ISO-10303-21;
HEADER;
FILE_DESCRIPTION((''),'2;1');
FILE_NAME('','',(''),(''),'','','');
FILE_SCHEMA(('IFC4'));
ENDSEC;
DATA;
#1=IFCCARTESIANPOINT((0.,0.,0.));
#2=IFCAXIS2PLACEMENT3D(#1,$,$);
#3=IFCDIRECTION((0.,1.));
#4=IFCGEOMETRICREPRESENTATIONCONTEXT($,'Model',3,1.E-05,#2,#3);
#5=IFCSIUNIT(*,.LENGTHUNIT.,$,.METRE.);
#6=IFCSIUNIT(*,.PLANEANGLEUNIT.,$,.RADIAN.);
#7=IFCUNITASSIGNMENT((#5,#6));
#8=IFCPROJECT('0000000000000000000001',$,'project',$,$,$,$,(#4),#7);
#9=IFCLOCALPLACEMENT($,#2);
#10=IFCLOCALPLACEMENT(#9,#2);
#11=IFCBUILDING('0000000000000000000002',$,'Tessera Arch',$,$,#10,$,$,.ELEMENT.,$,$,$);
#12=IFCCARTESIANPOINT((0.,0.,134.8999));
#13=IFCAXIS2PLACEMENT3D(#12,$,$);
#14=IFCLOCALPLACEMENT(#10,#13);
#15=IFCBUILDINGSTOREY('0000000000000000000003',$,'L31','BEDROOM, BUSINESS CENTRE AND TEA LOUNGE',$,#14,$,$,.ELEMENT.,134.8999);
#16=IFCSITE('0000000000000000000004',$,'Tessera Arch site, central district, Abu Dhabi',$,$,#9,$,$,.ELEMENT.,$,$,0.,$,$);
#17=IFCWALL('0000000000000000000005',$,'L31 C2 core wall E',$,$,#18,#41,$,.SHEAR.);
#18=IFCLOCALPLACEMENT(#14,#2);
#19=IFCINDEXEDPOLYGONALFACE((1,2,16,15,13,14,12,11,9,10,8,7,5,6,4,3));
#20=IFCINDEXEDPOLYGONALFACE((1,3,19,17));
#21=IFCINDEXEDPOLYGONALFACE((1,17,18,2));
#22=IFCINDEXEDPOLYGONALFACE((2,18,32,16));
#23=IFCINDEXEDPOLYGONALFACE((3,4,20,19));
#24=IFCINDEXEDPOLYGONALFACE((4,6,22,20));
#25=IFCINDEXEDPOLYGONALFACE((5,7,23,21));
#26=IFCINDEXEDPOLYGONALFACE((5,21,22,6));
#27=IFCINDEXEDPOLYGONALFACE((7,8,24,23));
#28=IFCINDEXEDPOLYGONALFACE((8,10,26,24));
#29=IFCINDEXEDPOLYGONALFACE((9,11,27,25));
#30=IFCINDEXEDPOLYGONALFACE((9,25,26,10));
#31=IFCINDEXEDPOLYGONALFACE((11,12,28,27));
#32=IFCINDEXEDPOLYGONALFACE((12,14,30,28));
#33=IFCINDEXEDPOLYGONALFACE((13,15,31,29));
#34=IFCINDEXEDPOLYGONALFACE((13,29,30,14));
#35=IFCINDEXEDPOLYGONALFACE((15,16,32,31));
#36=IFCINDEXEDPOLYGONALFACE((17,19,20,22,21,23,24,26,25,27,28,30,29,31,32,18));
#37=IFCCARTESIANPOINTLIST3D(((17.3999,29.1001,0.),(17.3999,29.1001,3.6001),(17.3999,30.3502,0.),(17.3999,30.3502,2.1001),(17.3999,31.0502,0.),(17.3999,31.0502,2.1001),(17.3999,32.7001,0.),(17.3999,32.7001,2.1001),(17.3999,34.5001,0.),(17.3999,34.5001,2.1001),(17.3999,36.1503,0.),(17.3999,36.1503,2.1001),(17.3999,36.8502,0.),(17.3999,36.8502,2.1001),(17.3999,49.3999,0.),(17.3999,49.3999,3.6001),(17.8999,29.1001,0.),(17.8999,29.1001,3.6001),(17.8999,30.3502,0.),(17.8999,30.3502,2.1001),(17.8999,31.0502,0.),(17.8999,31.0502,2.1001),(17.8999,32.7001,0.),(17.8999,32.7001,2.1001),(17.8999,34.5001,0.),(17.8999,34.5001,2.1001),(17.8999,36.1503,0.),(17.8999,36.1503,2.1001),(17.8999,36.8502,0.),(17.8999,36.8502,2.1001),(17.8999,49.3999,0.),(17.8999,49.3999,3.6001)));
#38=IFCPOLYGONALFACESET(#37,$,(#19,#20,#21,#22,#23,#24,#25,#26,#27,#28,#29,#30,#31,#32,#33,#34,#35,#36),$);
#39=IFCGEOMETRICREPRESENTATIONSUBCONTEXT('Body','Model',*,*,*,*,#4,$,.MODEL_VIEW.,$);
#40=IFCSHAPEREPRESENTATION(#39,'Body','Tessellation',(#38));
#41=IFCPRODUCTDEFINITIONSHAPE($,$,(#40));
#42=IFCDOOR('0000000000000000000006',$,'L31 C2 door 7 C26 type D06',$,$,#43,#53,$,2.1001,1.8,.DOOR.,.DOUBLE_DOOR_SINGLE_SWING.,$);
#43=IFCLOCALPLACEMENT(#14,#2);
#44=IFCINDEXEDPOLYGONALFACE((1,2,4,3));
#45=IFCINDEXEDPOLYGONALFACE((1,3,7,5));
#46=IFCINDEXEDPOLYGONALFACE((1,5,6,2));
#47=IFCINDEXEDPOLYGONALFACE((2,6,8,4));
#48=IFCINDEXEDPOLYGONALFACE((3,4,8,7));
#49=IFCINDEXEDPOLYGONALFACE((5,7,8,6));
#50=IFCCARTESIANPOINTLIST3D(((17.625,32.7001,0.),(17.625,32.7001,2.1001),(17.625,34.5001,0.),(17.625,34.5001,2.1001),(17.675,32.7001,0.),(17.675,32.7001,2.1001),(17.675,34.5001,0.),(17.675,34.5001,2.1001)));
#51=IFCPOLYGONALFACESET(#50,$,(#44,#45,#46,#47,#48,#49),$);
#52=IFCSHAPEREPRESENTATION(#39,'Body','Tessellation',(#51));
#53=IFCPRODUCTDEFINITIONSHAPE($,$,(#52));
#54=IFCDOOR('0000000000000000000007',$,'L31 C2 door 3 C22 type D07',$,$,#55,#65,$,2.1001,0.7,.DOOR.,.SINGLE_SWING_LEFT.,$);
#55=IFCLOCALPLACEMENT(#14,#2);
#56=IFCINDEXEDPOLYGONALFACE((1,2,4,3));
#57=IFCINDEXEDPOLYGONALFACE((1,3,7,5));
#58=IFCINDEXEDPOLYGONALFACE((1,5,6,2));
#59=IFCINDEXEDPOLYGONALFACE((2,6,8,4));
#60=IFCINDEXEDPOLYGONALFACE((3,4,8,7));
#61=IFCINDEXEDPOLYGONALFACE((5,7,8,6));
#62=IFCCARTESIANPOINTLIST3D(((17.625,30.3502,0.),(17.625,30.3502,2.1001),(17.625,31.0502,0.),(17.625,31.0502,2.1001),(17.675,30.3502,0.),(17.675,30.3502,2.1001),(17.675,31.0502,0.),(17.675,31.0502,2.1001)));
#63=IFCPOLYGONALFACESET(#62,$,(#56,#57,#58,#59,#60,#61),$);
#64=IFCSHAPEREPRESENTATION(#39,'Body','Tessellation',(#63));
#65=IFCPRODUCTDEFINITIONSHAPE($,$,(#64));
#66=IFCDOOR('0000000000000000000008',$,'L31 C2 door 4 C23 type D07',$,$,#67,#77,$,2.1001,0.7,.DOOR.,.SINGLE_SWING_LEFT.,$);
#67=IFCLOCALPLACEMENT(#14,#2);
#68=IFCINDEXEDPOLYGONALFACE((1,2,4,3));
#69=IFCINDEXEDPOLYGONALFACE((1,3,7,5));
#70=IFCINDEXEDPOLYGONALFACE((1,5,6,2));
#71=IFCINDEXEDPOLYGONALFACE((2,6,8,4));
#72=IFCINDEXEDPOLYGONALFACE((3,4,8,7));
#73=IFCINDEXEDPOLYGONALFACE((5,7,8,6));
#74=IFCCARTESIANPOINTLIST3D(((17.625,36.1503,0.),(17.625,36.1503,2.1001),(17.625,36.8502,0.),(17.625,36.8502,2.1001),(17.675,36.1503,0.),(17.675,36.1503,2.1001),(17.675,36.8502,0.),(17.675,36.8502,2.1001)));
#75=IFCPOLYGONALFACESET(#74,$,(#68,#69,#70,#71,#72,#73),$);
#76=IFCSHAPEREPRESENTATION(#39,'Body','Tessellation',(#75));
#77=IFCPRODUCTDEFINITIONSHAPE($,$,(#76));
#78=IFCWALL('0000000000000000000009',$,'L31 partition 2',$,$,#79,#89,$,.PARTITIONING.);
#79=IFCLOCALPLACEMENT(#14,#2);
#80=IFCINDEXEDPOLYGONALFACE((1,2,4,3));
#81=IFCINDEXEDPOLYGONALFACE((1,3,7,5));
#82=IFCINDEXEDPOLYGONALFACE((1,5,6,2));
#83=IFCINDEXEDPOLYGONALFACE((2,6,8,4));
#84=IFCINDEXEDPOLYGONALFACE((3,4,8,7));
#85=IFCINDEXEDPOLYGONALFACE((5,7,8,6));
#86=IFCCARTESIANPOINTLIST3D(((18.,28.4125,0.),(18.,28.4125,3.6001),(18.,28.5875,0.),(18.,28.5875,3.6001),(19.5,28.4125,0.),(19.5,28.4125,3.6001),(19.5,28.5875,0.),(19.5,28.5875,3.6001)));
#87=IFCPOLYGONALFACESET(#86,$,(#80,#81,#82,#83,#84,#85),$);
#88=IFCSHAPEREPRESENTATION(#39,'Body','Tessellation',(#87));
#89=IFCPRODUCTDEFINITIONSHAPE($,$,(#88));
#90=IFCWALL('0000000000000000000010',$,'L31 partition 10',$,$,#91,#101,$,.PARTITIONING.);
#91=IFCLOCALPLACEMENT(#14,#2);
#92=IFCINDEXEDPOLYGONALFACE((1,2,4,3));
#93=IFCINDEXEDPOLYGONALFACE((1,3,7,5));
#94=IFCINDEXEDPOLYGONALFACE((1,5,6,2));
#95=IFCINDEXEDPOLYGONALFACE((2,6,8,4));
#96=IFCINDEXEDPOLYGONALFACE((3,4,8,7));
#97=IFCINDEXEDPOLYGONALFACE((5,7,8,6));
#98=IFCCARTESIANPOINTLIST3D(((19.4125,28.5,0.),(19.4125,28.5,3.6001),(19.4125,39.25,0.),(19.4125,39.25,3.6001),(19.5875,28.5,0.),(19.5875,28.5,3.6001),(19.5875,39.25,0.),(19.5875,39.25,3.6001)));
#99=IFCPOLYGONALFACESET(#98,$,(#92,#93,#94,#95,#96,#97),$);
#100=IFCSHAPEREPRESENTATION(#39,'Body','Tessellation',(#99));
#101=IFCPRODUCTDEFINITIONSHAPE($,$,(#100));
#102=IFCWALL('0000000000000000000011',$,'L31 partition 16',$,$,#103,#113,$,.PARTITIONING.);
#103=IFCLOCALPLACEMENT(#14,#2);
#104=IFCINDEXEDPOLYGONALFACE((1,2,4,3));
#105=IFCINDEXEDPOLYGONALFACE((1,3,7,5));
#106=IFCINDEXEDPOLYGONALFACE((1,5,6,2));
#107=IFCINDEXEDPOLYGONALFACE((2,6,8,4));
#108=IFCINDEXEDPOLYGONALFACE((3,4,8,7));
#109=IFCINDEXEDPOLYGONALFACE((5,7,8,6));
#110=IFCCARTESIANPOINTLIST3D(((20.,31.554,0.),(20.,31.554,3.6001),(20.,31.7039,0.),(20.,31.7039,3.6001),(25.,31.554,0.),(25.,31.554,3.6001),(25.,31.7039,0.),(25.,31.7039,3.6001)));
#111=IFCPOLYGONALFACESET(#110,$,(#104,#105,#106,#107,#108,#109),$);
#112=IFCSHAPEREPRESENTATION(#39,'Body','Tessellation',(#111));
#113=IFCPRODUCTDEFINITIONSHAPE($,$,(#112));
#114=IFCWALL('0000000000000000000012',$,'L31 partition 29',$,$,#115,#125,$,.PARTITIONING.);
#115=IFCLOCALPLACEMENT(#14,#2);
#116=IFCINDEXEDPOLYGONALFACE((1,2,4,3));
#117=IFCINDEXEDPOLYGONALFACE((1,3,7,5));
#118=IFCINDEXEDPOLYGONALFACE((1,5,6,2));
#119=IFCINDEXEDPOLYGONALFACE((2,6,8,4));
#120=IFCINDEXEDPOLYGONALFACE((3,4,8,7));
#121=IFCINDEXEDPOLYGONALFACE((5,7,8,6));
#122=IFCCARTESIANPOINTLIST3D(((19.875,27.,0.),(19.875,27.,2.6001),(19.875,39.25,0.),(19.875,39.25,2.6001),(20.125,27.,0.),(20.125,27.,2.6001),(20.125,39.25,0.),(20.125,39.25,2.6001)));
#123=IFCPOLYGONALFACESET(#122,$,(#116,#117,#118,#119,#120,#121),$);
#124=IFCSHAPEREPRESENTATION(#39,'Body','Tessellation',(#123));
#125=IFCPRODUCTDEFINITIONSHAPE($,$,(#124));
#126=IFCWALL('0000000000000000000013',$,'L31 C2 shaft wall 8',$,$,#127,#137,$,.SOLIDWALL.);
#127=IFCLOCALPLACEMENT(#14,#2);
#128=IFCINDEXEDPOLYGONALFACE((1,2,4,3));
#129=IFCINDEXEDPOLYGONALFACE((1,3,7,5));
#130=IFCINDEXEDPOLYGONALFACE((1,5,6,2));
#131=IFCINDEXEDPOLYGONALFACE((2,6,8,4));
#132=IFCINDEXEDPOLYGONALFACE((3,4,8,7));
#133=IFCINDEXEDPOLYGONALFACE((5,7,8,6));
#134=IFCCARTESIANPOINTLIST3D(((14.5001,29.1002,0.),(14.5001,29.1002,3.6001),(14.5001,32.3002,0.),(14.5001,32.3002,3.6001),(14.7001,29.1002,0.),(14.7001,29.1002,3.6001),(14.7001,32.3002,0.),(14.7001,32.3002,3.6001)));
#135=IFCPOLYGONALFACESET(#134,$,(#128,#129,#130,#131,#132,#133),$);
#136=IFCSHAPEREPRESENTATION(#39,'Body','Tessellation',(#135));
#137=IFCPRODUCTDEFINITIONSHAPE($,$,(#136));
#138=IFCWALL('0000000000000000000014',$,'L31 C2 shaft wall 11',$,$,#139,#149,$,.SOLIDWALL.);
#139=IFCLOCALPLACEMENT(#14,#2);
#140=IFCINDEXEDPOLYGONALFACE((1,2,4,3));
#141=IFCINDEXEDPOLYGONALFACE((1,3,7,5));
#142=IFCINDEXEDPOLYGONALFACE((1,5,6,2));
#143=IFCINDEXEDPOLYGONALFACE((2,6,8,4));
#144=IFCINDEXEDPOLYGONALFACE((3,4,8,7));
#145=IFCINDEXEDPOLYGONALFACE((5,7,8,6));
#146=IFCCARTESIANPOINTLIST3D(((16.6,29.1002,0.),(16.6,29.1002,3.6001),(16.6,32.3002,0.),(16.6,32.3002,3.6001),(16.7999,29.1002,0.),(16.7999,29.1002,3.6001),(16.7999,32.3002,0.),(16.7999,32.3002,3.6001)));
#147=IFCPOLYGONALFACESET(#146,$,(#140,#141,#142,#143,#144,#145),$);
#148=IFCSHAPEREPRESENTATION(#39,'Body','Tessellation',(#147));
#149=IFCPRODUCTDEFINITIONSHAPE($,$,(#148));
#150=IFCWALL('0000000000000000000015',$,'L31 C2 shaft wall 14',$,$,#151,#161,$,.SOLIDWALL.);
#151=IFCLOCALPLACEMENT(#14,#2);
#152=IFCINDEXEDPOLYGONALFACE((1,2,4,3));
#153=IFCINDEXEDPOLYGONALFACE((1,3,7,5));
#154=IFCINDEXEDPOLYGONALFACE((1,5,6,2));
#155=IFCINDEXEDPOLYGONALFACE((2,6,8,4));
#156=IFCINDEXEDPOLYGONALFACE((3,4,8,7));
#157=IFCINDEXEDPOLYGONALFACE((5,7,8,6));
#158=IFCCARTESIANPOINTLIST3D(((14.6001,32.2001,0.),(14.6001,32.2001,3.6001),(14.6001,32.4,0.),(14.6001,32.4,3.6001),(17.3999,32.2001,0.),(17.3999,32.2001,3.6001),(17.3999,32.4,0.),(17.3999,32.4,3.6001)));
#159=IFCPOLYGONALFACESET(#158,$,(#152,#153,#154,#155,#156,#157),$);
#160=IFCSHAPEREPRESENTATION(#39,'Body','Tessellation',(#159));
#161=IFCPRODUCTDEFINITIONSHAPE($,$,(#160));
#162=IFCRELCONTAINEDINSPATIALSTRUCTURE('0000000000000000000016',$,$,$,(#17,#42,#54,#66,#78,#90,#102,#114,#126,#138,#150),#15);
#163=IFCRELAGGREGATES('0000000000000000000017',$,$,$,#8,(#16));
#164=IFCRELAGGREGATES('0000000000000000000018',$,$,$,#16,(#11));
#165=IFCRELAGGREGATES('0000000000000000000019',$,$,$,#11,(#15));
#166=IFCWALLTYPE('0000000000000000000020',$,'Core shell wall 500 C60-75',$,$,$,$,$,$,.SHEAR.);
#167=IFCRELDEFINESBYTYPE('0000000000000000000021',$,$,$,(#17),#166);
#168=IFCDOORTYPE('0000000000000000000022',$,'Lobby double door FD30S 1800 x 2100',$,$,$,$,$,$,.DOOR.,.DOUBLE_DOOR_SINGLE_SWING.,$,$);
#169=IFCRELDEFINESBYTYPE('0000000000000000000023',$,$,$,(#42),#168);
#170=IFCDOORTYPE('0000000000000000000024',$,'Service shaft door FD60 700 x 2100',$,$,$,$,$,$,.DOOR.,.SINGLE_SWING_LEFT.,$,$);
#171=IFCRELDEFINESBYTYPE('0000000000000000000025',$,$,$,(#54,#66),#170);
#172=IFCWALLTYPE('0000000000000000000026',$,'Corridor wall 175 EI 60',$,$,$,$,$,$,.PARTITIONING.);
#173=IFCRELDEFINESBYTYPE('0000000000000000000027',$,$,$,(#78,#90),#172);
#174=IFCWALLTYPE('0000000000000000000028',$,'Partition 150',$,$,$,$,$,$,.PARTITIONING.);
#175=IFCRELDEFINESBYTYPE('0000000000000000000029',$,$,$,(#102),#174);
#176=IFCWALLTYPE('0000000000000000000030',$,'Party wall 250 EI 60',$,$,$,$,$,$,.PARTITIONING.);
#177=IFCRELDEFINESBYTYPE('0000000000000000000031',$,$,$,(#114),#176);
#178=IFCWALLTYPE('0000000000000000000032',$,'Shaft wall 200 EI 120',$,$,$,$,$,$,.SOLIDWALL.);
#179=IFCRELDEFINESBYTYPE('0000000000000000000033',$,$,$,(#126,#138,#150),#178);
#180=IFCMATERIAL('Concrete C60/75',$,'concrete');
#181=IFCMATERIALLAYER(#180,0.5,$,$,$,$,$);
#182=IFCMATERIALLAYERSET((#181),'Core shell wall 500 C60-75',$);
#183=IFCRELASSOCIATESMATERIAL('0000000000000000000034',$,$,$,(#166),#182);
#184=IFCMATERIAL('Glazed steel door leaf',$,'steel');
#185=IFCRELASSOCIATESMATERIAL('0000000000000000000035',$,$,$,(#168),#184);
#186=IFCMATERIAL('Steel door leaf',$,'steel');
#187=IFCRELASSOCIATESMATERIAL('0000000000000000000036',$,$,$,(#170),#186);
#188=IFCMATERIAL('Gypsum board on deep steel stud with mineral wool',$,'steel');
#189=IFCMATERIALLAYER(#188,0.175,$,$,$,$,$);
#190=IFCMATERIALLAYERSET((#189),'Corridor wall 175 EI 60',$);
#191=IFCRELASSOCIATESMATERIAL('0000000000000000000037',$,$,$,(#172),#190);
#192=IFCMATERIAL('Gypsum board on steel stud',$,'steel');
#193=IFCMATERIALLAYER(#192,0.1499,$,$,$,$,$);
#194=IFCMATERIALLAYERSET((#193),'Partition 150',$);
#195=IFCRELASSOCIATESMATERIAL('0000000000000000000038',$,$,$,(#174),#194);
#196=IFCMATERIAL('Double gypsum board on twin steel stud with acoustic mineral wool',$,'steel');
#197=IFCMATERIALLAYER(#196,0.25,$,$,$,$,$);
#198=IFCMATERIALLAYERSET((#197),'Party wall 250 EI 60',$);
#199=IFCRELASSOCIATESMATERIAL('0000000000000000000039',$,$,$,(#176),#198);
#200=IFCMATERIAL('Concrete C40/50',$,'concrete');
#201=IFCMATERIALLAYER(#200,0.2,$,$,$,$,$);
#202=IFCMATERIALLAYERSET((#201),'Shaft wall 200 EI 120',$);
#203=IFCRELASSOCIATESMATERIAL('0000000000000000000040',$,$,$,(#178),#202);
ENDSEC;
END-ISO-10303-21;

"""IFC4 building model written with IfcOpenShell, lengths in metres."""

from ifc_helpers import new_model, si_unit, direction, frame, frame_2d, origin, place, context, subcontext, project, spatial, rectangle, extrude, material, layer, layer_set, type_object, element, fill, save


model = new_model("IFC4")

# Units and contexts
model_context = context("Model", 3, precision=1e-05, world=origin(), true_north=direction((0.0, 1.0)))
body_context = subcontext(model_context, "Body", "Model", "MODEL_VIEW")
ifc_project = project(units=[si_unit("LENGTHUNIT", "METRE"), si_unit("PLANEANGLEUNIT", "RADIAN")], contexts=[model_context])

# Site, building, storey
site_placement = place(None, origin())
site = spatial("IfcSite", under=ifc_project, at=site_placement, Name="Tessera Arch site, central district, Abu Dhabi", CompositionType="ELEMENT", RefElevation=0.0)
building_placement = place(site_placement, origin())
building = spatial("IfcBuilding", under=site, at=building_placement, Name="Tessera Arch", CompositionType="ELEMENT")
storey_placement = place(building_placement, frame((0.0, 0.0, 134.8999)))
storey = spatial("IfcBuildingStorey", under=building, at=storey_placement, Name="L31", Description="BEDROOM, BUSINESS CENTRE AND TEA LOUNGE", CompositionType="ELEMENT", Elevation=134.8999)

# Wall, openings, doors
ifc_material_1 = material(Name="Concrete C60/75", Category="concrete")
ifc_layer_1 = layer(ifc_material_1, 0.5)
ifc_layer_set_1 = layer_set([ifc_layer_1], Name="Core shell wall 500 C60-75")
wall_type_1 = type_object("IfcWallType", Name="Core shell wall 500 C60-75", PredefinedType="SHEAR", material=ifc_layer_set_1)
wall_1_placement = place(storey_placement, frame((17.6499, 29.1001, 0.0), z_axis=(0.0, 0.0, 1.0), x_axis=(0.0, 1.0, 0.0)))
wall_1 = element("IfcWall", 1, at=wall_1_placement, inside=storey, type_object=wall_type_1, Name="L31 C2 core wall E", PredefinedType="SHEAR", context=body_context, shape_type="SweptSolid", body=[
    extrude(rectangle(XDim=20.2998, YDim=0.5, at=frame_2d((10.1499, 0.0))), origin(), (0.0, 0.0, 1.0), 3.6001),
])
opening_1_placement = place(wall_1_placement, frame((1.25, 0.0, 0.0)))
opening_1 = element("IfcOpeningElement", 2, at=opening_1_placement, cuts=wall_1, PredefinedType="OPENING", context=body_context, shape_type="SweptSolid", body=[
    extrude(rectangle(XDim=0.7, YDim=2.1001, at=frame_2d((0.3501, 1.05))), frame((0.0, 0.26, 0.0), z_axis=(0.0, -1.0, 0.0), x_axis=(1.0, 0.0, 0.0)), (0.0, 0.0, 1.0), 0.52),
])
opening_2_placement = place(wall_1_placement, frame((7.05, 0.0, 0.0)))
opening_2 = element("IfcOpeningElement", 3, at=opening_2_placement, cuts=wall_1, PredefinedType="OPENING", context=body_context, shape_type="SweptSolid", body=[
    extrude(rectangle(XDim=0.7, YDim=2.1001, at=frame_2d((0.3501, 1.05))), frame((0.0, 0.26, 0.0), z_axis=(0.0, -1.0, 0.0), x_axis=(1.0, 0.0, 0.0)), (0.0, 0.0, 1.0), 0.52),
])
opening_3_placement = place(wall_1_placement, frame((3.6001, 0.0, 0.0)))
opening_3 = element("IfcOpeningElement", 4, at=opening_3_placement, cuts=wall_1, PredefinedType="OPENING", context=body_context, shape_type="SweptSolid", body=[
    extrude(rectangle(XDim=1.8, YDim=2.1001, at=frame_2d((0.8999, 1.05))), frame((0.0, 0.26, 0.0), z_axis=(0.0, -1.0, 0.0), x_axis=(1.0, 0.0, 0.0)), (0.0, 0.0, 1.0), 0.52),
])
ifc_material_2 = material(Name="Glazed steel door leaf", Category="steel")
door_type_1 = type_object("IfcDoorType", Name="Lobby double door FD30S 1800 x 2100", OperationType="DOUBLE_DOOR_SINGLE_SWING", PredefinedType="DOOR", material=ifc_material_2)
door_1_placement = place(opening_3_placement, origin())
door_1 = element("IfcDoor", 5, at=door_1_placement, inside=storey, type_object=door_type_1, Name="L31 C2 door 7 C26 type D06", OperationType="DOUBLE_DOOR_SINGLE_SWING", OverallHeight=2.1001, OverallWidth=1.8, PredefinedType="DOOR", context=body_context, shape_type="SweptSolid", body=[
    extrude(rectangle(XDim=1.8, YDim=2.1001, at=frame_2d((0.8999, 1.05))), frame((0.0, 0.0249, 0.0), z_axis=(0.0, -1.0, 0.0), x_axis=(1.0, 0.0, 0.0)), (0.0, 0.0, 1.0), 0.05),
])
fill(opening_3, door_1)
ifc_material_3 = material(Name="Steel door leaf", Category="steel")
door_type_2 = type_object("IfcDoorType", Name="Service shaft door FD60 700 x 2100", OperationType="SINGLE_SWING_LEFT", PredefinedType="DOOR", material=ifc_material_3)
door_2_placement = place(opening_1_placement, origin())
door_2 = element("IfcDoor", 6, at=door_2_placement, inside=storey, type_object=door_type_2, Name="L31 C2 door 3 C22 type D07", OperationType="SINGLE_SWING_LEFT", OverallHeight=2.1001, OverallWidth=0.7, PredefinedType="DOOR", context=body_context, shape_type="SweptSolid", body=[
    extrude(rectangle(XDim=0.7, YDim=2.1001, at=frame_2d((0.3501, 1.05))), frame((0.0, 0.0249, 0.0), z_axis=(0.0, -1.0, 0.0), x_axis=(1.0, 0.0, 0.0)), (0.0, 0.0, 1.0), 0.05),
])
fill(opening_1, door_2)
door_3_placement = place(opening_2_placement, origin())
door_3 = element("IfcDoor", 7, at=door_3_placement, inside=storey, type_object=door_type_2, Name="L31 C2 door 4 C23 type D07", OperationType="SINGLE_SWING_LEFT", OverallHeight=2.1001, OverallWidth=0.7, PredefinedType="DOOR", context=body_context, shape_type="SweptSolid", body=[
    extrude(rectangle(XDim=0.7, YDim=2.1001, at=frame_2d((0.3501, 1.05))), frame((0.0, 0.0249, 0.0), z_axis=(0.0, -1.0, 0.0), x_axis=(1.0, 0.0, 0.0)), (0.0, 0.0, 1.0), 0.05),
])
fill(opening_2, door_3)

# Walls
ifc_material_4 = material(Name="Gypsum board on deep steel stud with mineral wool", Category="steel")
ifc_layer_2 = layer(ifc_material_4, 0.175)
ifc_layer_set_2 = layer_set([ifc_layer_2], Name="Corridor wall 175 EI 60")
wall_type_2 = type_object("IfcWallType", Name="Corridor wall 175 EI 60", PredefinedType="PARTITIONING", material=ifc_layer_set_2)
wall_2_placement = place(storey_placement, frame((18.0, 28.5, 0.0), z_axis=(0.0, 0.0, 1.0), x_axis=(1.0, 0.0, 0.0)))
element("IfcWall", 8, at=wall_2_placement, inside=storey, type_object=wall_type_2, Name="L31 partition 2", PredefinedType="PARTITIONING", context=body_context, shape_type="SweptSolid", body=[
    extrude(rectangle(XDim=1.5, YDim=0.175, at=frame_2d((0.75, 0.0))), origin(), (0.0, 0.0, 1.0), 3.6001),
])
wall_3_placement = place(storey_placement, frame((19.5, 28.5, 0.0), z_axis=(0.0, 0.0, 1.0), x_axis=(0.0, 1.0, 0.0)))
element("IfcWall", 9, at=wall_3_placement, inside=storey, type_object=wall_type_2, Name="L31 partition 10", PredefinedType="PARTITIONING", context=body_context, shape_type="SweptSolid", body=[
    extrude(rectangle(XDim=10.75, YDim=0.175, at=frame_2d((5.375, 0.0))), origin(), (0.0, 0.0, 1.0), 3.6001),
])
ifc_material_5 = material(Name="Gypsum board on steel stud", Category="steel")
ifc_layer_3 = layer(ifc_material_5, 0.1499)
ifc_layer_set_3 = layer_set([ifc_layer_3], Name="Partition 150")
wall_type_3 = type_object("IfcWallType", Name="Partition 150", PredefinedType="PARTITIONING", material=ifc_layer_set_3)
wall_4_placement = place(storey_placement, frame((20.0, 31.6289, 0.0), z_axis=(0.0, 0.0, 1.0), x_axis=(1.0, 0.0, 0.0)))
element("IfcWall", 10, at=wall_4_placement, inside=storey, type_object=wall_type_3, Name="L31 partition 16", PredefinedType="PARTITIONING", context=body_context, shape_type="SweptSolid", body=[
    extrude(rectangle(XDim=5.0, YDim=0.1499, at=frame_2d((2.5, 0.0))), origin(), (0.0, 0.0, 1.0), 3.6001),
])
ifc_material_6 = material(Name="Double gypsum board on twin steel stud with acoustic mineral wool", Category="steel")
ifc_layer_4 = layer(ifc_material_6, 0.25)
ifc_layer_set_4 = layer_set([ifc_layer_4], Name="Party wall 250 EI 60")
wall_type_4 = type_object("IfcWallType", Name="Party wall 250 EI 60", PredefinedType="PARTITIONING", material=ifc_layer_set_4)
wall_5_placement = place(storey_placement, frame((20.0, 27.0, 0.0), z_axis=(0.0, 0.0, 1.0), x_axis=(0.0, 1.0, 0.0)))
element("IfcWall", 11, at=wall_5_placement, inside=storey, type_object=wall_type_4, Name="L31 partition 29", PredefinedType="PARTITIONING", context=body_context, shape_type="SweptSolid", body=[
    extrude(rectangle(XDim=12.25, YDim=0.25, at=frame_2d((6.125, 0.0))), origin(), (0.0, 0.0, 1.0), 2.6001),
])
ifc_material_7 = material(Name="Concrete C40/50", Category="concrete")
ifc_layer_5 = layer(ifc_material_7, 0.2)
ifc_layer_set_5 = layer_set([ifc_layer_5], Name="Shaft wall 200 EI 120")
wall_type_5 = type_object("IfcWallType", Name="Shaft wall 200 EI 120", PredefinedType="SOLIDWALL", material=ifc_layer_set_5)
for number, where, z_axis, x_axis, name in (
    (12, (14.6001, 29.1001, 0.0), (0.0, 0.0, 1.0), (0.0, 1.0, 0.0), "L31 C2 shaft wall 8"),
    (13, (16.7, 29.1001, 0.0), (0.0, 0.0, 1.0), (0.0, 1.0, 0.0), "L31 C2 shaft wall 11"),
):
    element("IfcWall", number, at=place(storey_placement, frame(where, z_axis=z_axis, x_axis=x_axis)), inside=storey, type_object=wall_type_5, Name=name, PredefinedType="SOLIDWALL", context=body_context, shape_type="SweptSolid", body=[
        extrude(rectangle(XDim=3.2, YDim=0.2, at=frame_2d((1.6001, 0.0))), origin(), (0.0, 0.0, 1.0), 3.6001),
    ])
wall_6_placement = place(storey_placement, frame((14.6001, 32.3, 0.0), z_axis=(0.0, 0.0, 1.0), x_axis=(1.0, 0.0, 0.0)))
element("IfcWall", 14, at=wall_6_placement, inside=storey, type_object=wall_type_5, Name="L31 C2 shaft wall 14", PredefinedType="SOLIDWALL", context=body_context, shape_type="SweptSolid", body=[
    extrude(rectangle(XDim=2.7998, YDim=0.2, at=frame_2d((1.3999, 0.0))), origin(), (0.0, 0.0, 1.0), 3.6001),
])

save(model, "model.ifc")
